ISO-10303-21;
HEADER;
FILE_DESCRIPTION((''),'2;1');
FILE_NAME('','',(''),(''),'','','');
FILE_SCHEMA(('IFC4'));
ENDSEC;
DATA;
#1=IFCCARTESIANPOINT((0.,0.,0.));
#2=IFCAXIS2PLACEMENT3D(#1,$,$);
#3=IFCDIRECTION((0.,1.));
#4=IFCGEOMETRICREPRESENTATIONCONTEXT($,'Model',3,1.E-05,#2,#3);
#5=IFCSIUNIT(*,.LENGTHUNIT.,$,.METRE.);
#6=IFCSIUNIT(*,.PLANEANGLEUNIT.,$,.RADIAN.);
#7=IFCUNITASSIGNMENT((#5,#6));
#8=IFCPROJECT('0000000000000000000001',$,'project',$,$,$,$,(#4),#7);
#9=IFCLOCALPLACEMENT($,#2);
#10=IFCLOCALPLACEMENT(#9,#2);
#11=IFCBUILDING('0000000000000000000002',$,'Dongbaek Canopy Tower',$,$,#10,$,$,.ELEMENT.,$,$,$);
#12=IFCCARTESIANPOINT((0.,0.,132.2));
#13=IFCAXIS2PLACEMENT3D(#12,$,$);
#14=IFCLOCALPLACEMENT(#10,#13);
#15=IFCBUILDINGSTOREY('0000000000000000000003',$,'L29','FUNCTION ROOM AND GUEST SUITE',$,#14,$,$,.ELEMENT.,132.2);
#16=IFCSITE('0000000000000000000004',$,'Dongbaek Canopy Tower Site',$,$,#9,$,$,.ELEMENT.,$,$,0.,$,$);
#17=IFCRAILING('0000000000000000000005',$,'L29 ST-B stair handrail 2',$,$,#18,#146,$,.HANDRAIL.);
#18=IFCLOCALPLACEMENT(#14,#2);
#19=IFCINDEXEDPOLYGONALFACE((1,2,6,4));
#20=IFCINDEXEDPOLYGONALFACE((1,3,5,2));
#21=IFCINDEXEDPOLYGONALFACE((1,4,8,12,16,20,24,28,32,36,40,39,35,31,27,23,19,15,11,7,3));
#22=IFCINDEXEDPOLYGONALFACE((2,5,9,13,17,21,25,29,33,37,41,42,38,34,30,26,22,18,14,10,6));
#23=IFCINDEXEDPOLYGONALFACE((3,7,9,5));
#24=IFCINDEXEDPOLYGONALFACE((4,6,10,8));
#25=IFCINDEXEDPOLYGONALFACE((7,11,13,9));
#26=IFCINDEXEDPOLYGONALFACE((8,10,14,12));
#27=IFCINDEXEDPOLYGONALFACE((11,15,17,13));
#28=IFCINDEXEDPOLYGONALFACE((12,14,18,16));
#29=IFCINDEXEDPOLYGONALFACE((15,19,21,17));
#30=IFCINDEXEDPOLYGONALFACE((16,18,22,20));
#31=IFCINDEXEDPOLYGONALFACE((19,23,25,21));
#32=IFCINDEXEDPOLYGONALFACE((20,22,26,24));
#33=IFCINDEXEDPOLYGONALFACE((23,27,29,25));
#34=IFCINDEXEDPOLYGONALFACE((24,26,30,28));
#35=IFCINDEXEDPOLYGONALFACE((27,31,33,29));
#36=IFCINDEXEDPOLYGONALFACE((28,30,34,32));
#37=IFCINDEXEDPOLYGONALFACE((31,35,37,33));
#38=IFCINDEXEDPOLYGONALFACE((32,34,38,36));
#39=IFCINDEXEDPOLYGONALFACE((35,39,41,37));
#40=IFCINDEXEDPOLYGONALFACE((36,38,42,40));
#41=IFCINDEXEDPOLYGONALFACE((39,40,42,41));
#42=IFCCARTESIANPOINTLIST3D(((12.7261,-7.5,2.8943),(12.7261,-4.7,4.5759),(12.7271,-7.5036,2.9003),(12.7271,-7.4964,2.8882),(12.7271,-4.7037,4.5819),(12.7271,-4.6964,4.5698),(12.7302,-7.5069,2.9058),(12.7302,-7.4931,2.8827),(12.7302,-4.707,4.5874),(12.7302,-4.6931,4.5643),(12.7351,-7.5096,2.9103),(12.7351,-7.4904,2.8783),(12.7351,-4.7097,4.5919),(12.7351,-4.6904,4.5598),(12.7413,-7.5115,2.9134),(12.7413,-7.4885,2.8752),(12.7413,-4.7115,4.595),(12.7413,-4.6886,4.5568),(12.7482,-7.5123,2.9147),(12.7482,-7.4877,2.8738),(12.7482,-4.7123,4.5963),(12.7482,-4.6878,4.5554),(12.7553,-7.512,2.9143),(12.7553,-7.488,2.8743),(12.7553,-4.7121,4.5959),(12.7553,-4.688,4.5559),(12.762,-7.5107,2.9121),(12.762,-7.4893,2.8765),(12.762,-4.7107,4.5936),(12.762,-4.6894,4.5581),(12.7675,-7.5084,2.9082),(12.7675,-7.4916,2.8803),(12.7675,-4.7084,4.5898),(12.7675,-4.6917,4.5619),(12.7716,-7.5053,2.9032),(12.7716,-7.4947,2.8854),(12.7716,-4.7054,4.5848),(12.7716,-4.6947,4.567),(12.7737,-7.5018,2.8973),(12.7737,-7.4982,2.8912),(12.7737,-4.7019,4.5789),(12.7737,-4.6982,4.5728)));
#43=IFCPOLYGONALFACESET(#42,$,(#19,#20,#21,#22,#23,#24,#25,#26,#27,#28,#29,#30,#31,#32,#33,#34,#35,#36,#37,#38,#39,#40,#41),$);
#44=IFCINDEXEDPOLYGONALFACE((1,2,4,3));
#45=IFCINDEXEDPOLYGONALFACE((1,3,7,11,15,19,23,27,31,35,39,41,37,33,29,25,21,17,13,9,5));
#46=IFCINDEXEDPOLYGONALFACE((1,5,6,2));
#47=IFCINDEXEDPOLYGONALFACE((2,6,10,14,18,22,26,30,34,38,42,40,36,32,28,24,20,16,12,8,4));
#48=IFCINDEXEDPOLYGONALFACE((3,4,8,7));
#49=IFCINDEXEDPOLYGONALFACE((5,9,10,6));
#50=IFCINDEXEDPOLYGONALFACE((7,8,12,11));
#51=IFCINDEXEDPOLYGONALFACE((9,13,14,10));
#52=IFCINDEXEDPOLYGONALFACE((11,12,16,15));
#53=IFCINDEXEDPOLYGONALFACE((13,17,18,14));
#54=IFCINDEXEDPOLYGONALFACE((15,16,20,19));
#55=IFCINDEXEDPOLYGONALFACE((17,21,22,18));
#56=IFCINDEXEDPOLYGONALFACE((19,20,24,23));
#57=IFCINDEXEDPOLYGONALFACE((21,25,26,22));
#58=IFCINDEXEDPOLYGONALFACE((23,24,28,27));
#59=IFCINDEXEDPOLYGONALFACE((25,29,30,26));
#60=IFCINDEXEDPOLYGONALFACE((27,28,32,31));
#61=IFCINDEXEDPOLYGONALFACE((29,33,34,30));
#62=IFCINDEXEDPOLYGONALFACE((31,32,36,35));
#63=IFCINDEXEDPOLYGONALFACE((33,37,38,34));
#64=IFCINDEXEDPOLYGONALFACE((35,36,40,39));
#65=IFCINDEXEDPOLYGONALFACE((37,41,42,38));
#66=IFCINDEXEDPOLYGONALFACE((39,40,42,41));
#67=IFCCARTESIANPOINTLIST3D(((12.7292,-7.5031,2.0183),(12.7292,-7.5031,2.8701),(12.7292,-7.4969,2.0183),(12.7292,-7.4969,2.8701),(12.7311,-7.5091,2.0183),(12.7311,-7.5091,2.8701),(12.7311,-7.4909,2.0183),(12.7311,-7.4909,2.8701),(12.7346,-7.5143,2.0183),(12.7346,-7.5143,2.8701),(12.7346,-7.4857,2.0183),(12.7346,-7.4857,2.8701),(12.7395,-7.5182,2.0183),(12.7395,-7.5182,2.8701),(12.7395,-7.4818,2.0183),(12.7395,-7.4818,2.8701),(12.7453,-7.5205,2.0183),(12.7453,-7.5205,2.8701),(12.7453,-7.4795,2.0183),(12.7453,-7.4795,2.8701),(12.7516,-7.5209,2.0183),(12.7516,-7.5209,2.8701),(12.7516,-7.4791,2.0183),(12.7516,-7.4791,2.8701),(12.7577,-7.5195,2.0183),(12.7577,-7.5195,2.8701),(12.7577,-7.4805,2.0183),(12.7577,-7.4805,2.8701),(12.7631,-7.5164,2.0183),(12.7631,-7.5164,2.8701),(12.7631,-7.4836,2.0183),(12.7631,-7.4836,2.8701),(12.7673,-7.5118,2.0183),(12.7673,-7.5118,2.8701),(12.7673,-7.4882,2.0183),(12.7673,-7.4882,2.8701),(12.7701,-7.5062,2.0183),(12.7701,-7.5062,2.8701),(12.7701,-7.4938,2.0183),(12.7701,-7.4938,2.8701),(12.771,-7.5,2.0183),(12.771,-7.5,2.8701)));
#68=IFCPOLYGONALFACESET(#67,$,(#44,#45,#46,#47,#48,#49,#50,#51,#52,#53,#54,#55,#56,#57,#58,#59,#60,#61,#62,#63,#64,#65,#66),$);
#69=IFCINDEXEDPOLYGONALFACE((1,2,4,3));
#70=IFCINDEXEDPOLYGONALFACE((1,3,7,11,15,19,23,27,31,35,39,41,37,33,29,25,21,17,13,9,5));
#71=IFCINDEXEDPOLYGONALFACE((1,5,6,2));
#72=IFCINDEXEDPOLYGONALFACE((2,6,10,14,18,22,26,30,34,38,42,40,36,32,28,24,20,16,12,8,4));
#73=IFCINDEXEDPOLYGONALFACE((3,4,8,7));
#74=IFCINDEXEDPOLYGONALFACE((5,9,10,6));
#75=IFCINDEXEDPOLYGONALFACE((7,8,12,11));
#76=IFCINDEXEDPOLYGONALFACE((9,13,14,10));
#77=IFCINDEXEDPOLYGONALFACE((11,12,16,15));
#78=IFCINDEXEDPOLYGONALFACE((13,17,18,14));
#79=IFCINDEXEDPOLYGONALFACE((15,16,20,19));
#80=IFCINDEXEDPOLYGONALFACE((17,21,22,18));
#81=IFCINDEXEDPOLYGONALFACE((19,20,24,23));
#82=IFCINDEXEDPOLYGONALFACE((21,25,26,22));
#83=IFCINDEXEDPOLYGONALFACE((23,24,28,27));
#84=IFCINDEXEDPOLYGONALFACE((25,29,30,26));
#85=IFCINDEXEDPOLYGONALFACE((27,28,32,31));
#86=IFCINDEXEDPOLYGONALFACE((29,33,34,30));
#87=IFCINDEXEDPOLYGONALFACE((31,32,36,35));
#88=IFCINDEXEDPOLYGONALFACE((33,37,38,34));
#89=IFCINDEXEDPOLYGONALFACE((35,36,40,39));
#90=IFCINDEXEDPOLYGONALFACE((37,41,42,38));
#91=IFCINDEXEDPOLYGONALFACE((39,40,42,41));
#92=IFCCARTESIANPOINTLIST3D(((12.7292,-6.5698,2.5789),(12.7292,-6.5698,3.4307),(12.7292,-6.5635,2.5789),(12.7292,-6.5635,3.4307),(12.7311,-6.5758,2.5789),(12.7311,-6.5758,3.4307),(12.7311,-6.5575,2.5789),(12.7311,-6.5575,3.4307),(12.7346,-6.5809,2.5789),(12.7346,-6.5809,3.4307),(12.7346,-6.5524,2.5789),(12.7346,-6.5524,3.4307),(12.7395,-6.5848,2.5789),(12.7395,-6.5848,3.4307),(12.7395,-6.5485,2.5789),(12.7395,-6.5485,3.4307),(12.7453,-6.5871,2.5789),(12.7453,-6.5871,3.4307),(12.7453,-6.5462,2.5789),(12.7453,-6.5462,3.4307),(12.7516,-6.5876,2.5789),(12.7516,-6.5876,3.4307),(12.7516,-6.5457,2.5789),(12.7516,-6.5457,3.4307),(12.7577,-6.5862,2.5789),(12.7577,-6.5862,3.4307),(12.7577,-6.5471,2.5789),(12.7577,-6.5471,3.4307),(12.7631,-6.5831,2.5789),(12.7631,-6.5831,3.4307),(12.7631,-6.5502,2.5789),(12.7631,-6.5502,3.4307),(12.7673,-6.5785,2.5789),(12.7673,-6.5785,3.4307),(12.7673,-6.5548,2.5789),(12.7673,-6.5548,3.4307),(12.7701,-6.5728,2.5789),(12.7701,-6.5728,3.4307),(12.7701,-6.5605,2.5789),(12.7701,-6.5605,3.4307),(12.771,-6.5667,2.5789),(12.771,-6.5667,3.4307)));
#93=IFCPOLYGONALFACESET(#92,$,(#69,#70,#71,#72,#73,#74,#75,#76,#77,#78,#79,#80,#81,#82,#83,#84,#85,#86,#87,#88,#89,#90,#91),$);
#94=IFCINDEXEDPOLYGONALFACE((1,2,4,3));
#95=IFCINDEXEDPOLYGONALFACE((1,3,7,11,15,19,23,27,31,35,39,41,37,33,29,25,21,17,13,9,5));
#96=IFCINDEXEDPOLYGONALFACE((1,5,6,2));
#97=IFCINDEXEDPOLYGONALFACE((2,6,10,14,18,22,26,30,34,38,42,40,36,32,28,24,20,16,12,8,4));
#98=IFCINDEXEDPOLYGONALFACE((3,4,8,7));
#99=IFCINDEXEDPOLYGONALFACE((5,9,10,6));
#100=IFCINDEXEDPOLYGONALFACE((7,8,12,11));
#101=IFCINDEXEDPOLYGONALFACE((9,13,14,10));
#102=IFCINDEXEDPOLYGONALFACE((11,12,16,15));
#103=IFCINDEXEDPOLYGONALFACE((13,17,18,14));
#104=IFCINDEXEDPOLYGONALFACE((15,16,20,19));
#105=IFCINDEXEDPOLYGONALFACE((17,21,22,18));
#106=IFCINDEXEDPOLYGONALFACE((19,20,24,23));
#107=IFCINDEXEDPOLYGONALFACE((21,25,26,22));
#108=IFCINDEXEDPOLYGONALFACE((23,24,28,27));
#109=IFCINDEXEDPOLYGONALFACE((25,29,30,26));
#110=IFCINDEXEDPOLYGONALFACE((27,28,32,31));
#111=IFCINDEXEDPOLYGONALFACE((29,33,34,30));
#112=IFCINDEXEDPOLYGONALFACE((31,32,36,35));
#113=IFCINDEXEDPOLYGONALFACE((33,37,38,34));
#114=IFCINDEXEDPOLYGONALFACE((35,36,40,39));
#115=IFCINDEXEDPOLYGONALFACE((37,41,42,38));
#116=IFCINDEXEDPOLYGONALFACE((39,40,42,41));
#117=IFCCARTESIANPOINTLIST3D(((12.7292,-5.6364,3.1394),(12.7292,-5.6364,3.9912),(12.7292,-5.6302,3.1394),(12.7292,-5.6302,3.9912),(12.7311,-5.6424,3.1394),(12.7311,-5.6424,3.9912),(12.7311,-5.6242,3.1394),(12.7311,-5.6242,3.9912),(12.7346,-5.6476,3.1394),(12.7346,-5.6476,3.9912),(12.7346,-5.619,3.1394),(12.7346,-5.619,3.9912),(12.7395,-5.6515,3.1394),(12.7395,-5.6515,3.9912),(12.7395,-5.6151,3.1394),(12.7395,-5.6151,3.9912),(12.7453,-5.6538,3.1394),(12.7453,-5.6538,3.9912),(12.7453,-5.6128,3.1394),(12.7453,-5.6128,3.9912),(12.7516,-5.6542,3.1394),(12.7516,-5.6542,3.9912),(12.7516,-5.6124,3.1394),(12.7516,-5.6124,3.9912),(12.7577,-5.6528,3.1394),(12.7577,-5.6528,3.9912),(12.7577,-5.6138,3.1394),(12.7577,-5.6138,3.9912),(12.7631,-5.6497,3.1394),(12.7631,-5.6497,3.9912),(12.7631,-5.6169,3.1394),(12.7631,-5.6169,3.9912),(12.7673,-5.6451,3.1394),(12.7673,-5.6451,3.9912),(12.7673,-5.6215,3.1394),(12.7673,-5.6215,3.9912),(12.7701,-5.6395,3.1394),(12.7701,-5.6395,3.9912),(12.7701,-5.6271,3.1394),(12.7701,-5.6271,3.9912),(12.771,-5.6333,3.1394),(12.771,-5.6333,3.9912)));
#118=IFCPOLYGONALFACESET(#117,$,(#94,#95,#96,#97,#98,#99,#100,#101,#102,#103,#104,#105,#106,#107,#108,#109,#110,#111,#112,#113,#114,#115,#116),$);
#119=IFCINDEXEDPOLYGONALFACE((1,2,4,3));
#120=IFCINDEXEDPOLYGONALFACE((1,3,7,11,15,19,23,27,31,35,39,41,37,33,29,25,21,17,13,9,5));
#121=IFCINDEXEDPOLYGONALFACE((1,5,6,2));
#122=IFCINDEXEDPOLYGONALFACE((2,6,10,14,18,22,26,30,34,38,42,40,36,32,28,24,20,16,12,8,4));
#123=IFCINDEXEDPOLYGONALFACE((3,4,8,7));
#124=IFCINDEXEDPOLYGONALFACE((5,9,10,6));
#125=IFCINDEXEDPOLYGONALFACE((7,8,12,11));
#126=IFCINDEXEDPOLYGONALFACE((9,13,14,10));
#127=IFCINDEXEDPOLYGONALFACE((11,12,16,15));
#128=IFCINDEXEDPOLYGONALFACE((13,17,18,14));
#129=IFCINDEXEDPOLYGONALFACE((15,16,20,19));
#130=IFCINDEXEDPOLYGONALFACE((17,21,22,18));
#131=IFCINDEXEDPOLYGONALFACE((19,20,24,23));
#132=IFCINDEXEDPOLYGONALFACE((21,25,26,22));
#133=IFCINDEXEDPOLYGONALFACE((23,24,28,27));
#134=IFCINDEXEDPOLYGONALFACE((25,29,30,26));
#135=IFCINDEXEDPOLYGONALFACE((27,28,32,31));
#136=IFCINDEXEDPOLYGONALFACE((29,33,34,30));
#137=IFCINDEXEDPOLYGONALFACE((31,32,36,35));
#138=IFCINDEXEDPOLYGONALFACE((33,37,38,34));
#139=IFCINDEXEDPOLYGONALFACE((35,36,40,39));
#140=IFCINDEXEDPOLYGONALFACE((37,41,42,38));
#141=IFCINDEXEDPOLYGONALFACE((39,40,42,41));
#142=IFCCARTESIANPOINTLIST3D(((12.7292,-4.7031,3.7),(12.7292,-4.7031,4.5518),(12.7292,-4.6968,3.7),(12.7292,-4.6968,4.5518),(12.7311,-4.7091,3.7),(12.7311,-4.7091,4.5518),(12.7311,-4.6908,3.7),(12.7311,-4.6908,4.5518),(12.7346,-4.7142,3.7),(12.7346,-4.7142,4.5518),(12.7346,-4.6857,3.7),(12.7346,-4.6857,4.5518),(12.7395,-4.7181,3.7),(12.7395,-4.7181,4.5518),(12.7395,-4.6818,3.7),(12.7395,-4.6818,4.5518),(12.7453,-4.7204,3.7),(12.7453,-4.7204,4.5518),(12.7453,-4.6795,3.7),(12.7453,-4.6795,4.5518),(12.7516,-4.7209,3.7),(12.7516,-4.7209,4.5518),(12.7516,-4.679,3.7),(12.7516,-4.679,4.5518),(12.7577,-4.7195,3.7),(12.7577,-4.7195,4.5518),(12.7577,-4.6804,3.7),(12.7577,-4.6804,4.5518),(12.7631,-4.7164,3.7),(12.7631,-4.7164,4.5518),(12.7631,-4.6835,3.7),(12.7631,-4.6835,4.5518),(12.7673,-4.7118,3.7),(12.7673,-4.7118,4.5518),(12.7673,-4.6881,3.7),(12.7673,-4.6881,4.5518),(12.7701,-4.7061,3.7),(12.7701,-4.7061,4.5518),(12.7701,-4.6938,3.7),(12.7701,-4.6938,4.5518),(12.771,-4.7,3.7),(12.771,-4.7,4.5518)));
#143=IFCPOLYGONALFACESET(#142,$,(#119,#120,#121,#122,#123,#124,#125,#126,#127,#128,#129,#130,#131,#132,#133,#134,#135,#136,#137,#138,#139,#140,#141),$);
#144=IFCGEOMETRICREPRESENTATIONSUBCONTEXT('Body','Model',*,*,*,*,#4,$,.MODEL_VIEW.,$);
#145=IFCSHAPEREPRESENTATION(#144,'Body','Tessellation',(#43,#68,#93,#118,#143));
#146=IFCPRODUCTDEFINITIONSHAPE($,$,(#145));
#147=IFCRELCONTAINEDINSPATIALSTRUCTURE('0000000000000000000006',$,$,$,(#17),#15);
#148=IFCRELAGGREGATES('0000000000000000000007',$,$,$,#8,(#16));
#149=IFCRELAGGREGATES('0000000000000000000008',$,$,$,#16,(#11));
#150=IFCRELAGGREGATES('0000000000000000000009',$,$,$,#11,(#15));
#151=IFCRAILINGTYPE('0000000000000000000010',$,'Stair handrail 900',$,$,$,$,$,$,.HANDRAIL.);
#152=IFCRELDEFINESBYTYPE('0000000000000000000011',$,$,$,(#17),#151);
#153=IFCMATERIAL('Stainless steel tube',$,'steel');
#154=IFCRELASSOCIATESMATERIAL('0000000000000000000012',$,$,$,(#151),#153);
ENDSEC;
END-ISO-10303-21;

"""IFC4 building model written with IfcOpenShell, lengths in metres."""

from ifc_helpers import new_model, si_unit, direction, frame, origin, origin_2d, place, context, subcontext, project, spatial, circle, extrude, material, type_object, element, save


model = new_model("IFC4")

# Units and contexts
model_context = context("Model", 3, precision=1e-05, world=origin(), true_north=direction((0.0, 1.0)))
body_context = subcontext(model_context, "Body", "Model", "MODEL_VIEW")
ifc_project = project(units=[si_unit("LENGTHUNIT", "METRE"), si_unit("PLANEANGLEUNIT", "RADIAN")], contexts=[model_context])

# Site, building, storey
site_placement = place(None, origin())
site = spatial("IfcSite", under=ifc_project, at=site_placement, Name="Dongbaek Canopy Tower Site", CompositionType="ELEMENT", RefElevation=0.0)
building_placement = place(site_placement, origin())
building = spatial("IfcBuilding", under=site, at=building_placement, Name="Dongbaek Canopy Tower", CompositionType="ELEMENT")
storey_placement = place(building_placement, frame((0.0, 0.0, 132.2)))
storey = spatial("IfcBuildingStorey", under=building, at=storey_placement, Name="L29", Description="FUNCTION ROOM AND GUEST SUITE", CompositionType="ELEMENT", Elevation=132.2)

# Railing
ifc_material_1 = material(Name="Stainless steel tube", Category="steel")
railing_type_1 = type_object("IfcRailingType", Name="Stair handrail 900", PredefinedType="HANDRAIL", material=ifc_material_1)
railing_1_placement = place(storey_placement, frame((12.75, -7.5, 2.0183)))
element("IfcRailing", 1, at=railing_1_placement, inside=storey, type_object=railing_type_1, Name="L29 ST-B stair handrail 2", PredefinedType="HANDRAIL", context=body_context, shape_type="SweptSolid", body=[
    extrude(circle(Radius=0.0239, at=origin_2d()), frame((0.0, 0.0, 0.876), z_axis=(0.0, 0.857275, 0.514858), x_axis=(-1.0, 0.0, 0.0)), (0.0, 0.0, 1.0), 3.2661),
    extrude(circle(Radius=0.021, at=origin_2d()), origin(), (0.0, 0.0, 1.0), 0.8518),
    extrude(circle(Radius=0.021, at=origin_2d()), frame((0.0, 0.9333, 0.5605)), (0.0, 0.0, 1.0), 0.8518),
    extrude(circle(Radius=0.021, at=origin_2d()), frame((0.0, 1.8667, 1.1211)), (0.0, 0.0, 1.0), 0.8518),
    extrude(circle(Radius=0.021, at=origin_2d()), frame((0.0, 2.8, 1.6816)), (0.0, 0.0, 1.0), 0.8518),
])

save(model, "model.ifc")
